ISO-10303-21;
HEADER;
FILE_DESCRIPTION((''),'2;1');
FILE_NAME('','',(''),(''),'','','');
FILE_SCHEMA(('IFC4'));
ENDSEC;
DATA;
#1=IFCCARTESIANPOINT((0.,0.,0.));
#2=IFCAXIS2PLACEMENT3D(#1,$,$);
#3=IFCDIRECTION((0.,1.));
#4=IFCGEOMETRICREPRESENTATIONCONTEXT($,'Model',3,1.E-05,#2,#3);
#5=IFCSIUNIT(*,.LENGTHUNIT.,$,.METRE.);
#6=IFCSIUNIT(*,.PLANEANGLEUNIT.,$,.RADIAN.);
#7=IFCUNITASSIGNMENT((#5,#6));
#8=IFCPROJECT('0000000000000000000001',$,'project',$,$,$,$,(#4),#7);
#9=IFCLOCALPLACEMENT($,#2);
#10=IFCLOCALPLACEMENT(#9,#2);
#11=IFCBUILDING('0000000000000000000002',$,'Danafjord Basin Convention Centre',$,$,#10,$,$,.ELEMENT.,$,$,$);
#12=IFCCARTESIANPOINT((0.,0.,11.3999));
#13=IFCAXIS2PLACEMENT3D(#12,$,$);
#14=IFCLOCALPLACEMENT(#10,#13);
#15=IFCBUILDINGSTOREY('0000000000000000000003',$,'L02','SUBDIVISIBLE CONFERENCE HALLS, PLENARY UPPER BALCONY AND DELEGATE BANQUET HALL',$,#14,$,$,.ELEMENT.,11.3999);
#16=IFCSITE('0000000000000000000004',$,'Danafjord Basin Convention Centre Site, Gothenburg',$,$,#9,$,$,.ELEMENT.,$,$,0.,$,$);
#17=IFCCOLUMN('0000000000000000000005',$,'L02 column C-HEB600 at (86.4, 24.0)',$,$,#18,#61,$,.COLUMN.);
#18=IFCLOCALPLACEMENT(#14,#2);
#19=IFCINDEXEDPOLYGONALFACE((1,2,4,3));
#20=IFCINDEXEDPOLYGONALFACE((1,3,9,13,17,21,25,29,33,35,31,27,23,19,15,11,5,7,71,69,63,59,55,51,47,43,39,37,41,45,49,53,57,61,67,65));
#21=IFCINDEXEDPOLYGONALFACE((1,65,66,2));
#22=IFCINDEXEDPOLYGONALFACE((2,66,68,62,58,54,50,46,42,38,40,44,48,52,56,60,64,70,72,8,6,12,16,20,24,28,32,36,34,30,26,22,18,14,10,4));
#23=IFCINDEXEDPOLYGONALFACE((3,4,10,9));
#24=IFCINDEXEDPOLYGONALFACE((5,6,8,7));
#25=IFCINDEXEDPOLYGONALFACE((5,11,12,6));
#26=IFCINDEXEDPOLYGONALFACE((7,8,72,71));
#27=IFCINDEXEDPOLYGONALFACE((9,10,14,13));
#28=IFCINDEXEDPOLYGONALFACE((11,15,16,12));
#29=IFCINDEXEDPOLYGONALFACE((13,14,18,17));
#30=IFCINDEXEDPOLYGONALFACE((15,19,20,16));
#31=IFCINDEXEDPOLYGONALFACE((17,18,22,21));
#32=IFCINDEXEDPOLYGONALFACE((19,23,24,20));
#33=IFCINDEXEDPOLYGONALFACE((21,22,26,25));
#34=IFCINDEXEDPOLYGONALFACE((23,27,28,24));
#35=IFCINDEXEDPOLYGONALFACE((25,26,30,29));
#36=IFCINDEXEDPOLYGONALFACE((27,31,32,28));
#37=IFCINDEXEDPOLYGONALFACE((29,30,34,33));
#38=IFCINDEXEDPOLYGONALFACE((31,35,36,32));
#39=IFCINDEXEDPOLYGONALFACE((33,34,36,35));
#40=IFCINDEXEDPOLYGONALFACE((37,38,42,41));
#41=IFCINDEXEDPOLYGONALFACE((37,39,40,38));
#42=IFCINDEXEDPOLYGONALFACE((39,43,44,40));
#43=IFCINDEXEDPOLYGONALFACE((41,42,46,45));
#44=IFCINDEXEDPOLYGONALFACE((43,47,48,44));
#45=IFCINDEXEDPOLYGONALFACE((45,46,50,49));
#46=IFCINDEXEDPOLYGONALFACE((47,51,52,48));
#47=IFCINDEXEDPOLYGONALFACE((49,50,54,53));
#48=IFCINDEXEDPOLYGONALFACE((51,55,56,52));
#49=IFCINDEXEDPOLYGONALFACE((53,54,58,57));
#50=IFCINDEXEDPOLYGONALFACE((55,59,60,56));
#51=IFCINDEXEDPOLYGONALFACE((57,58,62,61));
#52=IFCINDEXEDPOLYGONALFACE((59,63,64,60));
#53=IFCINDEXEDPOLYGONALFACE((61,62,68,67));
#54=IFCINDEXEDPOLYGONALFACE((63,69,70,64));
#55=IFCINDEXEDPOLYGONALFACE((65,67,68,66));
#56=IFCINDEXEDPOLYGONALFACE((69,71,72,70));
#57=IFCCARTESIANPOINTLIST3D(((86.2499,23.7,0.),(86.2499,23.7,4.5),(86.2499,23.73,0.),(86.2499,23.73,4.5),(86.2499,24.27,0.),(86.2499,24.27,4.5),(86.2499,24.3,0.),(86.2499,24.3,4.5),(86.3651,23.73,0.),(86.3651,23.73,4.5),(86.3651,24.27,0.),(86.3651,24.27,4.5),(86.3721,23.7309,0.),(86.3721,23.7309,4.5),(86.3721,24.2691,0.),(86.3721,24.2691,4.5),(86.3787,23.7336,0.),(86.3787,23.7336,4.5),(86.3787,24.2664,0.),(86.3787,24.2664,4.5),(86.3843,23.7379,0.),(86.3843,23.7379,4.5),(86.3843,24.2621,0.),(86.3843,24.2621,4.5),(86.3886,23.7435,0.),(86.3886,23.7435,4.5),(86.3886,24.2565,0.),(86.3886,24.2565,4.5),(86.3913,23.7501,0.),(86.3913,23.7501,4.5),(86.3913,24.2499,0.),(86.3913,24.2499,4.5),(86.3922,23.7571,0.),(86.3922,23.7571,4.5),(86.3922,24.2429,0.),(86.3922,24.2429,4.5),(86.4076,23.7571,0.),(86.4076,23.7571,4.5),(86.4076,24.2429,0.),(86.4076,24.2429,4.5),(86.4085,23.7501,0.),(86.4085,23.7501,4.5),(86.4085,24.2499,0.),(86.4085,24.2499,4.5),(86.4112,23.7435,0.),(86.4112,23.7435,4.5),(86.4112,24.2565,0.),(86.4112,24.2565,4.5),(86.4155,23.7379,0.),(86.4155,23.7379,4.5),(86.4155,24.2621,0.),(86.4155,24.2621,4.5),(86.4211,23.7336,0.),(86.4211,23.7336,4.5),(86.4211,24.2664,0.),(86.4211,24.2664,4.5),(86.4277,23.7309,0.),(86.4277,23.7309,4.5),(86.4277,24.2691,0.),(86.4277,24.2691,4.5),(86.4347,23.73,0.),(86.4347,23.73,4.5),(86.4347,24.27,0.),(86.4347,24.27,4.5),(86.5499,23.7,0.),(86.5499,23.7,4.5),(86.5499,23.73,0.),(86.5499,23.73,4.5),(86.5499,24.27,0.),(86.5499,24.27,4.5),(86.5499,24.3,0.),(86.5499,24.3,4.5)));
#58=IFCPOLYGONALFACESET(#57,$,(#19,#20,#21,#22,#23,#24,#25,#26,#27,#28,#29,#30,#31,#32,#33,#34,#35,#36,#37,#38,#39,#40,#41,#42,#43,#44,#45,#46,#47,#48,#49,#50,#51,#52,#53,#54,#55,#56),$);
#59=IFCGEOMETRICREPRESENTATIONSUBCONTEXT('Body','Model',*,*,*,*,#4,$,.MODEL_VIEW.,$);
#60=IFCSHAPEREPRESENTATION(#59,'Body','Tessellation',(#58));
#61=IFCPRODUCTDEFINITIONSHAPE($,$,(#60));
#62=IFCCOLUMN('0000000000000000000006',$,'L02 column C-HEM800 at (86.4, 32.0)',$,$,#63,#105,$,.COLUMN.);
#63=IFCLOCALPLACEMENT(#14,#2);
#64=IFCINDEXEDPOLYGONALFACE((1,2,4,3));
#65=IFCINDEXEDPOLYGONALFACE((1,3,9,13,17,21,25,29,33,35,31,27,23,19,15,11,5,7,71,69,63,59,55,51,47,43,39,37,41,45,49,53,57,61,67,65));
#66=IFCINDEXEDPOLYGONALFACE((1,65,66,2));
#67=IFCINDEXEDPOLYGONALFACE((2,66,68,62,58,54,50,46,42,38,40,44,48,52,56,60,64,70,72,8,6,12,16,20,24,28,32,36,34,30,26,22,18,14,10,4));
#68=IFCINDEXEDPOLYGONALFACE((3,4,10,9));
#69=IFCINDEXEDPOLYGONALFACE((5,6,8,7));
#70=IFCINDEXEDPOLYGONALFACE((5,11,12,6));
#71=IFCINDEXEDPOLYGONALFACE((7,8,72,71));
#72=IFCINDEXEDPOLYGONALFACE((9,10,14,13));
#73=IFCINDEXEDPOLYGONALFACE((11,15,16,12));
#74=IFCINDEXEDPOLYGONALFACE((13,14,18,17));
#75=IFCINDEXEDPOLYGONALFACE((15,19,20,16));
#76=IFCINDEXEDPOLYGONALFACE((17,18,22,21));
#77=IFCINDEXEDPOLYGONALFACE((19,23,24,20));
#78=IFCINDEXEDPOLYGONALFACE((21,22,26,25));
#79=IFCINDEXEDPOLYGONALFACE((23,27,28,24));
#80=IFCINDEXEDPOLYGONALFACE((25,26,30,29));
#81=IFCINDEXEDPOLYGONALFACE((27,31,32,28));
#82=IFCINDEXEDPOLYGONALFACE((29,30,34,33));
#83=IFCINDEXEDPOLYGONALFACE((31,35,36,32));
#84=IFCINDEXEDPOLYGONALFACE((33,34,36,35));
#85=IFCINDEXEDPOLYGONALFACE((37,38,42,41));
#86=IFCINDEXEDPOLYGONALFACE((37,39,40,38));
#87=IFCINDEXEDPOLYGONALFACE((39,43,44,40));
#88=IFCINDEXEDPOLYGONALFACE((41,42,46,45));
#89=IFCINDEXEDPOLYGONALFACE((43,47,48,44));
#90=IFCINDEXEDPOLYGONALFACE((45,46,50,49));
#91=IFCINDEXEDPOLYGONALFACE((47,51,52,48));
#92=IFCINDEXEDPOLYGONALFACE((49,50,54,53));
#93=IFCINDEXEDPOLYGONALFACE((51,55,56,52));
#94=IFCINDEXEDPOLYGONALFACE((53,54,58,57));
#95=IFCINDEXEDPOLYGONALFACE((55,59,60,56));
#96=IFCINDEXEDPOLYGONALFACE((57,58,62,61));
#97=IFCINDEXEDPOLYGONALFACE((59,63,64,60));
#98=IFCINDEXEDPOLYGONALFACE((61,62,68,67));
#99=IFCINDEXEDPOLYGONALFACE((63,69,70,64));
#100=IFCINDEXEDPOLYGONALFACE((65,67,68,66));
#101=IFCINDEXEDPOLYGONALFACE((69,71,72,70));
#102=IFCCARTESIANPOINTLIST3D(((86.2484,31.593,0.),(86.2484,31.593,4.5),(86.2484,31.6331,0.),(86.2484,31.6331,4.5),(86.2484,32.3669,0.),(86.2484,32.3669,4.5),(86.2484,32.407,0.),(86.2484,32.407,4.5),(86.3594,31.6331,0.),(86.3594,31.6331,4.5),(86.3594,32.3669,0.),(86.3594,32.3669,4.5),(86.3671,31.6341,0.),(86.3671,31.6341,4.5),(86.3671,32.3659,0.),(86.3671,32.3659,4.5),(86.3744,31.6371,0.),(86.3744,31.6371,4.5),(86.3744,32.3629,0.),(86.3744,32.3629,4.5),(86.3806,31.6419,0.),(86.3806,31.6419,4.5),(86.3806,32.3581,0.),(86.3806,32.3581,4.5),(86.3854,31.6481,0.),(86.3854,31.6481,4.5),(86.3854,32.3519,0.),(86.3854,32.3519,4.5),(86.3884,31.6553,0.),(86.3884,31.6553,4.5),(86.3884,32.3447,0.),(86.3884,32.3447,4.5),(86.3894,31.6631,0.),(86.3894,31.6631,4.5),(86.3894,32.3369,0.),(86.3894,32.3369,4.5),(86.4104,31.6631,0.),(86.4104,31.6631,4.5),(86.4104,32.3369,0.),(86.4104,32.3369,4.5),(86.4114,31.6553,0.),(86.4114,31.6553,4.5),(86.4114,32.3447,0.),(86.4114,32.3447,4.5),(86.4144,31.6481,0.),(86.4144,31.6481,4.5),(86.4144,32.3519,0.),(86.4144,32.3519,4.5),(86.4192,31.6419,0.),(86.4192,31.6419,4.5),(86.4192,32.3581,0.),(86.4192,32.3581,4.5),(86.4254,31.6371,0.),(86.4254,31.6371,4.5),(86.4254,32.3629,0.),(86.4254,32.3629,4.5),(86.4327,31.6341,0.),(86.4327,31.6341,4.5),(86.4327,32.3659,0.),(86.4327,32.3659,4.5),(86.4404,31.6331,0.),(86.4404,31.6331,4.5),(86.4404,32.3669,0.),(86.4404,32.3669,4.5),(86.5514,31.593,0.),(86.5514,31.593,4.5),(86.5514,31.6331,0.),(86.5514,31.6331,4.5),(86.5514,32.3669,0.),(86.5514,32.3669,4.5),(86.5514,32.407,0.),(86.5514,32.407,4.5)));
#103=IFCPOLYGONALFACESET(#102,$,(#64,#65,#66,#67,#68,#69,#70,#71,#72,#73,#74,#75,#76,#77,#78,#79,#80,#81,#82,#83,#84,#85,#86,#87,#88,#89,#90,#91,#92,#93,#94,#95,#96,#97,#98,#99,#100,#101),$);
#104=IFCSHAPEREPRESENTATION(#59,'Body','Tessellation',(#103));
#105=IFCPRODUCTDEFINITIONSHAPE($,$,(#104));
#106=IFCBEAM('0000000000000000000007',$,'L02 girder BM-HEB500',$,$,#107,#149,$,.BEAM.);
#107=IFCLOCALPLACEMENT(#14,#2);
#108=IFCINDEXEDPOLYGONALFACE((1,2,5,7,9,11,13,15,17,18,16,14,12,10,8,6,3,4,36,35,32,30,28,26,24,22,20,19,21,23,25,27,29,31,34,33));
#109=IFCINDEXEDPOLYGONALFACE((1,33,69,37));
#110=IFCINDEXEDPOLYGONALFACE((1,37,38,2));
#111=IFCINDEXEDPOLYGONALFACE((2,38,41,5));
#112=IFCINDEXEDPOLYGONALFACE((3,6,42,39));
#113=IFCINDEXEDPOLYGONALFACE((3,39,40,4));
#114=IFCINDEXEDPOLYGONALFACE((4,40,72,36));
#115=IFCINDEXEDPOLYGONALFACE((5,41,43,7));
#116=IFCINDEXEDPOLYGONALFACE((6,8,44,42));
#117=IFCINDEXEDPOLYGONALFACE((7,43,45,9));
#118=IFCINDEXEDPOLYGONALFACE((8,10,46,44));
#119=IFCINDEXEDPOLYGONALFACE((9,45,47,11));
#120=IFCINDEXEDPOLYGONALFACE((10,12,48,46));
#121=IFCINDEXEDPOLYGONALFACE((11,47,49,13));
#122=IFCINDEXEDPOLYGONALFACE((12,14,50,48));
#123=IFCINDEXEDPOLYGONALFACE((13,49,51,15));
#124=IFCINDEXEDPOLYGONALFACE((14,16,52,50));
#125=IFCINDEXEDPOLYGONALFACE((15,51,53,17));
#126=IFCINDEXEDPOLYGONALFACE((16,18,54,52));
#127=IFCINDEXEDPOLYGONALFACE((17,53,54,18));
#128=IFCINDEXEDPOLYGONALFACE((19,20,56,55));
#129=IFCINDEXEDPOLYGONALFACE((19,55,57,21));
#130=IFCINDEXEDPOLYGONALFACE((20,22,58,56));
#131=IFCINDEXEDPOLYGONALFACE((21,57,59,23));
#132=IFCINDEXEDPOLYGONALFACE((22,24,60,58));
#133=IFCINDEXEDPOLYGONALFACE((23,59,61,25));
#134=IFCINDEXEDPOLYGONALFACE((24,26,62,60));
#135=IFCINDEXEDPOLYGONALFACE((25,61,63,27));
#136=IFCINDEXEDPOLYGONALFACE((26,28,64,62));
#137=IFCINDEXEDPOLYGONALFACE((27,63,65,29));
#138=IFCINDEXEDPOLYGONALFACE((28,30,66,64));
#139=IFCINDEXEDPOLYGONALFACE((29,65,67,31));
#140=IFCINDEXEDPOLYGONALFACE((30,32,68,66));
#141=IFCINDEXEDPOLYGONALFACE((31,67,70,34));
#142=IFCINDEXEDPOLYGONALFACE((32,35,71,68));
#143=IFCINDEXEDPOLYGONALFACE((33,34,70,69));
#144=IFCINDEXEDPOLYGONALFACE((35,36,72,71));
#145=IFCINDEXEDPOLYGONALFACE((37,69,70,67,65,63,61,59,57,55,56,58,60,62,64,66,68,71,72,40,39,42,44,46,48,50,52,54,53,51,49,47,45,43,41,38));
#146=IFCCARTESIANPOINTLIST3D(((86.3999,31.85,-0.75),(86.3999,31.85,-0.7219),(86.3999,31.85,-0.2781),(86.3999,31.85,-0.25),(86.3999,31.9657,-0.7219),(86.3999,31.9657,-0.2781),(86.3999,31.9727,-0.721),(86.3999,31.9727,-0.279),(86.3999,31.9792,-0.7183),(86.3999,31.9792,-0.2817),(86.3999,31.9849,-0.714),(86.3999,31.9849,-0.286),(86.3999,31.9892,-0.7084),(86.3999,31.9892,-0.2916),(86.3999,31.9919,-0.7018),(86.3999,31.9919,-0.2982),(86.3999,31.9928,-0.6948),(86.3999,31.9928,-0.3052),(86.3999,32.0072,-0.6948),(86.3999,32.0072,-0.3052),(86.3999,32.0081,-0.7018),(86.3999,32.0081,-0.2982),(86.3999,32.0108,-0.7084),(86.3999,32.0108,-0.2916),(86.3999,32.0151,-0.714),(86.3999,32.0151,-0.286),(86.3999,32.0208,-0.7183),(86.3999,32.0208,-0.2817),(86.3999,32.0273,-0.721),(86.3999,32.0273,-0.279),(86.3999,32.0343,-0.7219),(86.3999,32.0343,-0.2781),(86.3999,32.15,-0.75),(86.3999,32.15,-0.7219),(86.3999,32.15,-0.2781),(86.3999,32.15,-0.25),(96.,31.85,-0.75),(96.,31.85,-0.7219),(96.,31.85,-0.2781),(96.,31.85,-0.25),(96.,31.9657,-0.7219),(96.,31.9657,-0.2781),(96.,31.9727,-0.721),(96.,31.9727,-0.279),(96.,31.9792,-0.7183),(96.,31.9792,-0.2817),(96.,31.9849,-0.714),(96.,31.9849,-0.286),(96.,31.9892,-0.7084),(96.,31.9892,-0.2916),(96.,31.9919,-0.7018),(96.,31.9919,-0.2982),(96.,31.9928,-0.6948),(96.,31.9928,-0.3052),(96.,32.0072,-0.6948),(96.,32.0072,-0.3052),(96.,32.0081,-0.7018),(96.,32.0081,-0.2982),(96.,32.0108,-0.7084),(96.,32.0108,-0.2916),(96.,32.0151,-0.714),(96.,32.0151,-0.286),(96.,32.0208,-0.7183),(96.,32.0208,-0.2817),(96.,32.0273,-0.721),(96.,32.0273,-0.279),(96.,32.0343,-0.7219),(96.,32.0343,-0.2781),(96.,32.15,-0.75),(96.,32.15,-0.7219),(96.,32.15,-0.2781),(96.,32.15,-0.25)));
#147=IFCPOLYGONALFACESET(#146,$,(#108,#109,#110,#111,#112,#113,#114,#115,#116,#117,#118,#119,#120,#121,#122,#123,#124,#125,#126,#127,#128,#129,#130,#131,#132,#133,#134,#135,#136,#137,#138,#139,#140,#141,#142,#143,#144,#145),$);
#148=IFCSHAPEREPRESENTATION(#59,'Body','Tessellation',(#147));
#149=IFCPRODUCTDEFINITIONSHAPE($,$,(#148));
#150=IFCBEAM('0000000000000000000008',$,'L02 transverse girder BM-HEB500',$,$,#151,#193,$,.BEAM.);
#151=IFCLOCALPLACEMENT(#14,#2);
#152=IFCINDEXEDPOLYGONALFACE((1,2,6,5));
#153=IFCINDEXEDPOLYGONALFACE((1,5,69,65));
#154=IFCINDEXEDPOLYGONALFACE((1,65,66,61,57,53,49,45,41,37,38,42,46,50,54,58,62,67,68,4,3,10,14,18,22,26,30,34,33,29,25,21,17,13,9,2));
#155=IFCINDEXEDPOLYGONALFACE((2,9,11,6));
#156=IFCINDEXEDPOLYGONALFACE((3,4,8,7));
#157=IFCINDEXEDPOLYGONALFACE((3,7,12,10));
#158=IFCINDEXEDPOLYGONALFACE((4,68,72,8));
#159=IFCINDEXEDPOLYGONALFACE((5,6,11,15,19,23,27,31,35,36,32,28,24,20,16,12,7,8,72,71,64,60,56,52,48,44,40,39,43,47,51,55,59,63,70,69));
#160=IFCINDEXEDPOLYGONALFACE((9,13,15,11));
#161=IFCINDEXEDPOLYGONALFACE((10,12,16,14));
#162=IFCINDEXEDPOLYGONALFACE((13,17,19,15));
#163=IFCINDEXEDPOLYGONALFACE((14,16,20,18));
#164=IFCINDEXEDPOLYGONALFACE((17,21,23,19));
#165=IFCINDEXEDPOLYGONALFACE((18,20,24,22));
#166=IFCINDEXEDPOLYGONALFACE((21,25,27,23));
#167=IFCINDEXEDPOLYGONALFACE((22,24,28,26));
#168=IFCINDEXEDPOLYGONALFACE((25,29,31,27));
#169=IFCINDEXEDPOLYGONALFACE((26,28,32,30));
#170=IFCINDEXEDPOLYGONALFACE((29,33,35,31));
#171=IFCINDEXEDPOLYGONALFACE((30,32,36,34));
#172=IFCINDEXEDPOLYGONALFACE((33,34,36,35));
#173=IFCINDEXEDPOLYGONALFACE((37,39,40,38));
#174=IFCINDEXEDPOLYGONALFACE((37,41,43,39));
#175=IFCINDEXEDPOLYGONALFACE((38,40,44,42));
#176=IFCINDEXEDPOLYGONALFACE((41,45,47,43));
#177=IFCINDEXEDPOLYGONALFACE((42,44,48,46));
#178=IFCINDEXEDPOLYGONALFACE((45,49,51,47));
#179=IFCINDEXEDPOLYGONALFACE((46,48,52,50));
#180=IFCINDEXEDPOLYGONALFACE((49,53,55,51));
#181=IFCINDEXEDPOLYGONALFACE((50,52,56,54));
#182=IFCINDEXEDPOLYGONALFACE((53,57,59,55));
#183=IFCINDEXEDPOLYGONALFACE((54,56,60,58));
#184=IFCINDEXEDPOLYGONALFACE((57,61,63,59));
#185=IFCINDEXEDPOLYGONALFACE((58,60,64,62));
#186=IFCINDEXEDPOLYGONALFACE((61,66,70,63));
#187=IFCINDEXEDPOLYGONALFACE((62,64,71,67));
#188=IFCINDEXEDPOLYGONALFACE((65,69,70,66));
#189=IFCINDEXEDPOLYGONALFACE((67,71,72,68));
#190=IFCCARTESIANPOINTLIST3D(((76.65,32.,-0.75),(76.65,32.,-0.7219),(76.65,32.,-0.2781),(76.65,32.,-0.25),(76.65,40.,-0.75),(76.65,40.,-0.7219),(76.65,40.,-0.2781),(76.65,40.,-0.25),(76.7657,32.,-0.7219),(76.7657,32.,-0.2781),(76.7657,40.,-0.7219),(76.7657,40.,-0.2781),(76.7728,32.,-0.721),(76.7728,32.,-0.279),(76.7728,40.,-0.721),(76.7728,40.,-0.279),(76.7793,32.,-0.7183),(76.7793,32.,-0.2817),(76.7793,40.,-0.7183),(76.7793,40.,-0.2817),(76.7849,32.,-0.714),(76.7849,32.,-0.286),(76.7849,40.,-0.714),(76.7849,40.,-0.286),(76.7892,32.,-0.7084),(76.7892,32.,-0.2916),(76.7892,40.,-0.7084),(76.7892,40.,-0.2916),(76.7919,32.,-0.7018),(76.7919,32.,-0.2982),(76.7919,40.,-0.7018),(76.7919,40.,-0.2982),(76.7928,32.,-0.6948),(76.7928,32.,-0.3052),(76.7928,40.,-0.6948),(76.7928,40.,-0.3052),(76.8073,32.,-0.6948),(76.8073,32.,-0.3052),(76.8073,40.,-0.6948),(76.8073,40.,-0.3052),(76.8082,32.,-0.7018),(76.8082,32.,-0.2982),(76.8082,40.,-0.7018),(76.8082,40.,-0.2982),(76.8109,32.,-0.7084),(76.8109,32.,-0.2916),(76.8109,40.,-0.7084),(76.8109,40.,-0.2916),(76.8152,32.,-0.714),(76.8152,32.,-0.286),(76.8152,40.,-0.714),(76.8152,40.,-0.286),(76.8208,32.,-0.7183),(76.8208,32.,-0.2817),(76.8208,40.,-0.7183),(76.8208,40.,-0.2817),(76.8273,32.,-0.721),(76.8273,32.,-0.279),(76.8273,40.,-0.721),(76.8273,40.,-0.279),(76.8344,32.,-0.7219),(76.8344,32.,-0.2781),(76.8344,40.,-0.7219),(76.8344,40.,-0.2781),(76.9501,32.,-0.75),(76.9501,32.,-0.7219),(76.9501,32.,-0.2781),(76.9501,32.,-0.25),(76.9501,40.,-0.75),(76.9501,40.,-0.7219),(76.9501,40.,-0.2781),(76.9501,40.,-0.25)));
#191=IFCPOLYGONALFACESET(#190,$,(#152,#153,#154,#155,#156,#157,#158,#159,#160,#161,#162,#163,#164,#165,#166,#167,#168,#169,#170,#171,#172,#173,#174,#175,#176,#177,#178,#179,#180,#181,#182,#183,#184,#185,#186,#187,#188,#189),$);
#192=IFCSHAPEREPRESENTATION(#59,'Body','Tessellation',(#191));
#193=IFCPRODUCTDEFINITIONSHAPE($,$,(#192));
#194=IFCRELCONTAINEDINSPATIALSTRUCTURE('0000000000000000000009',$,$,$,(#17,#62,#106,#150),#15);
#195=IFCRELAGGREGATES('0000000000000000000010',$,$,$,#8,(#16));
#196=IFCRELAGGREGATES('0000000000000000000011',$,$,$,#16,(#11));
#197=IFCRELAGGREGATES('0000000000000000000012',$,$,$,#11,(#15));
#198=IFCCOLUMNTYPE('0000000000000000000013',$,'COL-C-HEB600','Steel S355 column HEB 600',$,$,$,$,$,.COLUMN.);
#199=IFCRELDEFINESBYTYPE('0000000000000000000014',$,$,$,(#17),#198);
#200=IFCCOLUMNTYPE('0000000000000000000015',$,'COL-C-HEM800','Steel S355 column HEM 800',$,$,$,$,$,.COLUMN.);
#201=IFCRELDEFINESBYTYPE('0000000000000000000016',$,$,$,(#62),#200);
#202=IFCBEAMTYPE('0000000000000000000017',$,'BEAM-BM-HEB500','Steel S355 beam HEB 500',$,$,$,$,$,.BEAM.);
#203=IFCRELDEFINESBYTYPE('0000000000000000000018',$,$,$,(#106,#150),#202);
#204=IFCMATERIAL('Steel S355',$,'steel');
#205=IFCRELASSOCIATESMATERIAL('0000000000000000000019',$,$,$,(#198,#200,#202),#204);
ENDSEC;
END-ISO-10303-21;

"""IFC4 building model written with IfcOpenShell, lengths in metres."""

from ifc_helpers import new_model, si_unit, direction, frame, origin, origin_2d, place, context, subcontext, project, spatial, i_section, extrude, material, material_profile, profile_set, type_object, element, save


model = new_model("IFC4")

# Units and contexts
model_context = context("Model", 3, precision=1e-05, world=origin(), true_north=direction((0.0, 1.0)))
body_context = subcontext(model_context, "Body", "Model", "MODEL_VIEW")
ifc_project = project(units=[si_unit("LENGTHUNIT", "METRE"), si_unit("PLANEANGLEUNIT", "RADIAN")], contexts=[model_context])

# Site, building, storey
site_placement = place(None, origin())
site = spatial("IfcSite", under=ifc_project, at=site_placement, Name="Danafjord Basin Convention Centre Site, Gothenburg", CompositionType="ELEMENT", RefElevation=0.0)
building_placement = place(site_placement, origin())
building = spatial("IfcBuilding", under=site, at=building_placement, Name="Danafjord Basin Convention Centre", CompositionType="ELEMENT")
storey_placement = place(building_placement, frame((0.0, 0.0, 11.3999)))
storey = spatial("IfcBuildingStorey", under=building, at=storey_placement, Name="L02", Description="SUBDIVISIBLE CONFERENCE HALLS, PLENARY UPPER BALCONY AND DELEGATE BANQUET HALL", CompositionType="ELEMENT", Elevation=11.3999)

# Columns
ifc_material_1 = material(Name="Steel S355", Category="steel")
ifc_material_profile_1 = material_profile(ifc_material_1, i_section(OverallWidth=0.3, OverallDepth=0.6001, WebThickness=0.0154, FlangeThickness=0.03, FilletRadius=0.0271, at=origin_2d()), Name="HEB 600")
ifc_profile_set_1 = profile_set([ifc_material_profile_1], Name="Steel S355")
column_type_1 = type_object("IfcColumnType", Name="COL-C-HEB600", Description="Steel S355 column HEB 600", PredefinedType="COLUMN", material=ifc_profile_set_1)
column_1_placement = place(storey_placement, frame((86.3999, 24.0, 0.0), z_axis=(0.0, 0.0, 1.0), x_axis=(1.0, 0.0, 0.0)))
element("IfcColumn", 1, at=column_1_placement, inside=storey, type_object=column_type_1, Name="L02 column C-HEB600 at (86.4, 24.0)", PredefinedType="COLUMN", context=body_context, shape_type="SweptSolid", body=[
    extrude(i_section(OverallWidth=0.3, OverallDepth=0.6001, WebThickness=0.0154, FlangeThickness=0.03, FilletRadius=0.0271, at=origin_2d()), origin(), (0.0, 0.0, 1.0), 4.5),
])
ifc_material_profile_2 = material_profile(ifc_material_1, i_section(OverallWidth=0.303, OverallDepth=0.814, WebThickness=0.021, FlangeThickness=0.04, FilletRadius=0.03, at=origin_2d()), Name="HEM 800")
ifc_profile_set_2 = profile_set([ifc_material_profile_2], Name="Steel S355")
column_type_2 = type_object("IfcColumnType", Name="COL-C-HEM800", Description="Steel S355 column HEM 800", PredefinedType="COLUMN", material=ifc_profile_set_2)
column_2_placement = place(storey_placement, frame((86.3999, 32.0, 0.0), z_axis=(0.0, 0.0, 1.0), x_axis=(1.0, 0.0, 0.0)))
element("IfcColumn", 2, at=column_2_placement, inside=storey, type_object=column_type_2, Name="L02 column C-HEM800 at (86.4, 32.0)", PredefinedType="COLUMN", context=body_context, shape_type="SweptSolid", body=[
    extrude(i_section(OverallWidth=0.303, OverallDepth=0.814, WebThickness=0.021, FlangeThickness=0.04, FilletRadius=0.03, at=origin_2d()), origin(), (0.0, 0.0, 1.0), 4.5),
])

# Beams
ifc_material_profile_3 = material_profile(ifc_material_1, i_section(OverallWidth=0.3, OverallDepth=0.5, WebThickness=0.0144, FlangeThickness=0.0281, FilletRadius=0.0271, at=origin_2d()), Name="HEB 500")
ifc_profile_set_3 = profile_set([ifc_material_profile_3], Name="Steel S355")
beam_type_1 = type_object("IfcBeamType", Name="BEAM-BM-HEB500", Description="Steel S355 beam HEB 500", PredefinedType="BEAM", material=ifc_profile_set_3)
beam_1_placement = place(storey_placement, frame((86.3999, 32.0, -0.5), z_axis=(1.0, 0.0, 0.0), x_axis=(0.0, 1.0, 0.0)))
element("IfcBeam", 3, at=beam_1_placement, inside=storey, type_object=beam_type_1, Name="L02 girder BM-HEB500", PredefinedType="BEAM", context=body_context, shape_type="SweptSolid", body=[
    extrude(i_section(OverallWidth=0.3, OverallDepth=0.5, WebThickness=0.0144, FlangeThickness=0.0281, FilletRadius=0.0271, at=origin_2d()), origin(), (0.0, 0.0, 1.0), 9.6001),
])
for number, where, z_axis, x_axis, name in (
    (4, (76.8, 32.0, -0.5), (0.0, 1.0, 0.0), (-1.0, 0.0, 0.0), "L02 transverse girder BM-HEB500"),
):
    element("IfcBeam", number, at=place(storey_placement, frame(where, z_axis=z_axis, x_axis=x_axis)), inside=storey, type_object=beam_type_1, Name=name, PredefinedType="BEAM", context=body_context, shape_type="SweptSolid", body=[
        extrude(i_section(OverallWidth=0.3, OverallDepth=0.5, WebThickness=0.0144, FlangeThickness=0.0281, FilletRadius=0.0271, at=origin_2d()), origin(), (0.0, 0.0, 1.0), 8.0),
    ])

save(model, "model.ifc")
